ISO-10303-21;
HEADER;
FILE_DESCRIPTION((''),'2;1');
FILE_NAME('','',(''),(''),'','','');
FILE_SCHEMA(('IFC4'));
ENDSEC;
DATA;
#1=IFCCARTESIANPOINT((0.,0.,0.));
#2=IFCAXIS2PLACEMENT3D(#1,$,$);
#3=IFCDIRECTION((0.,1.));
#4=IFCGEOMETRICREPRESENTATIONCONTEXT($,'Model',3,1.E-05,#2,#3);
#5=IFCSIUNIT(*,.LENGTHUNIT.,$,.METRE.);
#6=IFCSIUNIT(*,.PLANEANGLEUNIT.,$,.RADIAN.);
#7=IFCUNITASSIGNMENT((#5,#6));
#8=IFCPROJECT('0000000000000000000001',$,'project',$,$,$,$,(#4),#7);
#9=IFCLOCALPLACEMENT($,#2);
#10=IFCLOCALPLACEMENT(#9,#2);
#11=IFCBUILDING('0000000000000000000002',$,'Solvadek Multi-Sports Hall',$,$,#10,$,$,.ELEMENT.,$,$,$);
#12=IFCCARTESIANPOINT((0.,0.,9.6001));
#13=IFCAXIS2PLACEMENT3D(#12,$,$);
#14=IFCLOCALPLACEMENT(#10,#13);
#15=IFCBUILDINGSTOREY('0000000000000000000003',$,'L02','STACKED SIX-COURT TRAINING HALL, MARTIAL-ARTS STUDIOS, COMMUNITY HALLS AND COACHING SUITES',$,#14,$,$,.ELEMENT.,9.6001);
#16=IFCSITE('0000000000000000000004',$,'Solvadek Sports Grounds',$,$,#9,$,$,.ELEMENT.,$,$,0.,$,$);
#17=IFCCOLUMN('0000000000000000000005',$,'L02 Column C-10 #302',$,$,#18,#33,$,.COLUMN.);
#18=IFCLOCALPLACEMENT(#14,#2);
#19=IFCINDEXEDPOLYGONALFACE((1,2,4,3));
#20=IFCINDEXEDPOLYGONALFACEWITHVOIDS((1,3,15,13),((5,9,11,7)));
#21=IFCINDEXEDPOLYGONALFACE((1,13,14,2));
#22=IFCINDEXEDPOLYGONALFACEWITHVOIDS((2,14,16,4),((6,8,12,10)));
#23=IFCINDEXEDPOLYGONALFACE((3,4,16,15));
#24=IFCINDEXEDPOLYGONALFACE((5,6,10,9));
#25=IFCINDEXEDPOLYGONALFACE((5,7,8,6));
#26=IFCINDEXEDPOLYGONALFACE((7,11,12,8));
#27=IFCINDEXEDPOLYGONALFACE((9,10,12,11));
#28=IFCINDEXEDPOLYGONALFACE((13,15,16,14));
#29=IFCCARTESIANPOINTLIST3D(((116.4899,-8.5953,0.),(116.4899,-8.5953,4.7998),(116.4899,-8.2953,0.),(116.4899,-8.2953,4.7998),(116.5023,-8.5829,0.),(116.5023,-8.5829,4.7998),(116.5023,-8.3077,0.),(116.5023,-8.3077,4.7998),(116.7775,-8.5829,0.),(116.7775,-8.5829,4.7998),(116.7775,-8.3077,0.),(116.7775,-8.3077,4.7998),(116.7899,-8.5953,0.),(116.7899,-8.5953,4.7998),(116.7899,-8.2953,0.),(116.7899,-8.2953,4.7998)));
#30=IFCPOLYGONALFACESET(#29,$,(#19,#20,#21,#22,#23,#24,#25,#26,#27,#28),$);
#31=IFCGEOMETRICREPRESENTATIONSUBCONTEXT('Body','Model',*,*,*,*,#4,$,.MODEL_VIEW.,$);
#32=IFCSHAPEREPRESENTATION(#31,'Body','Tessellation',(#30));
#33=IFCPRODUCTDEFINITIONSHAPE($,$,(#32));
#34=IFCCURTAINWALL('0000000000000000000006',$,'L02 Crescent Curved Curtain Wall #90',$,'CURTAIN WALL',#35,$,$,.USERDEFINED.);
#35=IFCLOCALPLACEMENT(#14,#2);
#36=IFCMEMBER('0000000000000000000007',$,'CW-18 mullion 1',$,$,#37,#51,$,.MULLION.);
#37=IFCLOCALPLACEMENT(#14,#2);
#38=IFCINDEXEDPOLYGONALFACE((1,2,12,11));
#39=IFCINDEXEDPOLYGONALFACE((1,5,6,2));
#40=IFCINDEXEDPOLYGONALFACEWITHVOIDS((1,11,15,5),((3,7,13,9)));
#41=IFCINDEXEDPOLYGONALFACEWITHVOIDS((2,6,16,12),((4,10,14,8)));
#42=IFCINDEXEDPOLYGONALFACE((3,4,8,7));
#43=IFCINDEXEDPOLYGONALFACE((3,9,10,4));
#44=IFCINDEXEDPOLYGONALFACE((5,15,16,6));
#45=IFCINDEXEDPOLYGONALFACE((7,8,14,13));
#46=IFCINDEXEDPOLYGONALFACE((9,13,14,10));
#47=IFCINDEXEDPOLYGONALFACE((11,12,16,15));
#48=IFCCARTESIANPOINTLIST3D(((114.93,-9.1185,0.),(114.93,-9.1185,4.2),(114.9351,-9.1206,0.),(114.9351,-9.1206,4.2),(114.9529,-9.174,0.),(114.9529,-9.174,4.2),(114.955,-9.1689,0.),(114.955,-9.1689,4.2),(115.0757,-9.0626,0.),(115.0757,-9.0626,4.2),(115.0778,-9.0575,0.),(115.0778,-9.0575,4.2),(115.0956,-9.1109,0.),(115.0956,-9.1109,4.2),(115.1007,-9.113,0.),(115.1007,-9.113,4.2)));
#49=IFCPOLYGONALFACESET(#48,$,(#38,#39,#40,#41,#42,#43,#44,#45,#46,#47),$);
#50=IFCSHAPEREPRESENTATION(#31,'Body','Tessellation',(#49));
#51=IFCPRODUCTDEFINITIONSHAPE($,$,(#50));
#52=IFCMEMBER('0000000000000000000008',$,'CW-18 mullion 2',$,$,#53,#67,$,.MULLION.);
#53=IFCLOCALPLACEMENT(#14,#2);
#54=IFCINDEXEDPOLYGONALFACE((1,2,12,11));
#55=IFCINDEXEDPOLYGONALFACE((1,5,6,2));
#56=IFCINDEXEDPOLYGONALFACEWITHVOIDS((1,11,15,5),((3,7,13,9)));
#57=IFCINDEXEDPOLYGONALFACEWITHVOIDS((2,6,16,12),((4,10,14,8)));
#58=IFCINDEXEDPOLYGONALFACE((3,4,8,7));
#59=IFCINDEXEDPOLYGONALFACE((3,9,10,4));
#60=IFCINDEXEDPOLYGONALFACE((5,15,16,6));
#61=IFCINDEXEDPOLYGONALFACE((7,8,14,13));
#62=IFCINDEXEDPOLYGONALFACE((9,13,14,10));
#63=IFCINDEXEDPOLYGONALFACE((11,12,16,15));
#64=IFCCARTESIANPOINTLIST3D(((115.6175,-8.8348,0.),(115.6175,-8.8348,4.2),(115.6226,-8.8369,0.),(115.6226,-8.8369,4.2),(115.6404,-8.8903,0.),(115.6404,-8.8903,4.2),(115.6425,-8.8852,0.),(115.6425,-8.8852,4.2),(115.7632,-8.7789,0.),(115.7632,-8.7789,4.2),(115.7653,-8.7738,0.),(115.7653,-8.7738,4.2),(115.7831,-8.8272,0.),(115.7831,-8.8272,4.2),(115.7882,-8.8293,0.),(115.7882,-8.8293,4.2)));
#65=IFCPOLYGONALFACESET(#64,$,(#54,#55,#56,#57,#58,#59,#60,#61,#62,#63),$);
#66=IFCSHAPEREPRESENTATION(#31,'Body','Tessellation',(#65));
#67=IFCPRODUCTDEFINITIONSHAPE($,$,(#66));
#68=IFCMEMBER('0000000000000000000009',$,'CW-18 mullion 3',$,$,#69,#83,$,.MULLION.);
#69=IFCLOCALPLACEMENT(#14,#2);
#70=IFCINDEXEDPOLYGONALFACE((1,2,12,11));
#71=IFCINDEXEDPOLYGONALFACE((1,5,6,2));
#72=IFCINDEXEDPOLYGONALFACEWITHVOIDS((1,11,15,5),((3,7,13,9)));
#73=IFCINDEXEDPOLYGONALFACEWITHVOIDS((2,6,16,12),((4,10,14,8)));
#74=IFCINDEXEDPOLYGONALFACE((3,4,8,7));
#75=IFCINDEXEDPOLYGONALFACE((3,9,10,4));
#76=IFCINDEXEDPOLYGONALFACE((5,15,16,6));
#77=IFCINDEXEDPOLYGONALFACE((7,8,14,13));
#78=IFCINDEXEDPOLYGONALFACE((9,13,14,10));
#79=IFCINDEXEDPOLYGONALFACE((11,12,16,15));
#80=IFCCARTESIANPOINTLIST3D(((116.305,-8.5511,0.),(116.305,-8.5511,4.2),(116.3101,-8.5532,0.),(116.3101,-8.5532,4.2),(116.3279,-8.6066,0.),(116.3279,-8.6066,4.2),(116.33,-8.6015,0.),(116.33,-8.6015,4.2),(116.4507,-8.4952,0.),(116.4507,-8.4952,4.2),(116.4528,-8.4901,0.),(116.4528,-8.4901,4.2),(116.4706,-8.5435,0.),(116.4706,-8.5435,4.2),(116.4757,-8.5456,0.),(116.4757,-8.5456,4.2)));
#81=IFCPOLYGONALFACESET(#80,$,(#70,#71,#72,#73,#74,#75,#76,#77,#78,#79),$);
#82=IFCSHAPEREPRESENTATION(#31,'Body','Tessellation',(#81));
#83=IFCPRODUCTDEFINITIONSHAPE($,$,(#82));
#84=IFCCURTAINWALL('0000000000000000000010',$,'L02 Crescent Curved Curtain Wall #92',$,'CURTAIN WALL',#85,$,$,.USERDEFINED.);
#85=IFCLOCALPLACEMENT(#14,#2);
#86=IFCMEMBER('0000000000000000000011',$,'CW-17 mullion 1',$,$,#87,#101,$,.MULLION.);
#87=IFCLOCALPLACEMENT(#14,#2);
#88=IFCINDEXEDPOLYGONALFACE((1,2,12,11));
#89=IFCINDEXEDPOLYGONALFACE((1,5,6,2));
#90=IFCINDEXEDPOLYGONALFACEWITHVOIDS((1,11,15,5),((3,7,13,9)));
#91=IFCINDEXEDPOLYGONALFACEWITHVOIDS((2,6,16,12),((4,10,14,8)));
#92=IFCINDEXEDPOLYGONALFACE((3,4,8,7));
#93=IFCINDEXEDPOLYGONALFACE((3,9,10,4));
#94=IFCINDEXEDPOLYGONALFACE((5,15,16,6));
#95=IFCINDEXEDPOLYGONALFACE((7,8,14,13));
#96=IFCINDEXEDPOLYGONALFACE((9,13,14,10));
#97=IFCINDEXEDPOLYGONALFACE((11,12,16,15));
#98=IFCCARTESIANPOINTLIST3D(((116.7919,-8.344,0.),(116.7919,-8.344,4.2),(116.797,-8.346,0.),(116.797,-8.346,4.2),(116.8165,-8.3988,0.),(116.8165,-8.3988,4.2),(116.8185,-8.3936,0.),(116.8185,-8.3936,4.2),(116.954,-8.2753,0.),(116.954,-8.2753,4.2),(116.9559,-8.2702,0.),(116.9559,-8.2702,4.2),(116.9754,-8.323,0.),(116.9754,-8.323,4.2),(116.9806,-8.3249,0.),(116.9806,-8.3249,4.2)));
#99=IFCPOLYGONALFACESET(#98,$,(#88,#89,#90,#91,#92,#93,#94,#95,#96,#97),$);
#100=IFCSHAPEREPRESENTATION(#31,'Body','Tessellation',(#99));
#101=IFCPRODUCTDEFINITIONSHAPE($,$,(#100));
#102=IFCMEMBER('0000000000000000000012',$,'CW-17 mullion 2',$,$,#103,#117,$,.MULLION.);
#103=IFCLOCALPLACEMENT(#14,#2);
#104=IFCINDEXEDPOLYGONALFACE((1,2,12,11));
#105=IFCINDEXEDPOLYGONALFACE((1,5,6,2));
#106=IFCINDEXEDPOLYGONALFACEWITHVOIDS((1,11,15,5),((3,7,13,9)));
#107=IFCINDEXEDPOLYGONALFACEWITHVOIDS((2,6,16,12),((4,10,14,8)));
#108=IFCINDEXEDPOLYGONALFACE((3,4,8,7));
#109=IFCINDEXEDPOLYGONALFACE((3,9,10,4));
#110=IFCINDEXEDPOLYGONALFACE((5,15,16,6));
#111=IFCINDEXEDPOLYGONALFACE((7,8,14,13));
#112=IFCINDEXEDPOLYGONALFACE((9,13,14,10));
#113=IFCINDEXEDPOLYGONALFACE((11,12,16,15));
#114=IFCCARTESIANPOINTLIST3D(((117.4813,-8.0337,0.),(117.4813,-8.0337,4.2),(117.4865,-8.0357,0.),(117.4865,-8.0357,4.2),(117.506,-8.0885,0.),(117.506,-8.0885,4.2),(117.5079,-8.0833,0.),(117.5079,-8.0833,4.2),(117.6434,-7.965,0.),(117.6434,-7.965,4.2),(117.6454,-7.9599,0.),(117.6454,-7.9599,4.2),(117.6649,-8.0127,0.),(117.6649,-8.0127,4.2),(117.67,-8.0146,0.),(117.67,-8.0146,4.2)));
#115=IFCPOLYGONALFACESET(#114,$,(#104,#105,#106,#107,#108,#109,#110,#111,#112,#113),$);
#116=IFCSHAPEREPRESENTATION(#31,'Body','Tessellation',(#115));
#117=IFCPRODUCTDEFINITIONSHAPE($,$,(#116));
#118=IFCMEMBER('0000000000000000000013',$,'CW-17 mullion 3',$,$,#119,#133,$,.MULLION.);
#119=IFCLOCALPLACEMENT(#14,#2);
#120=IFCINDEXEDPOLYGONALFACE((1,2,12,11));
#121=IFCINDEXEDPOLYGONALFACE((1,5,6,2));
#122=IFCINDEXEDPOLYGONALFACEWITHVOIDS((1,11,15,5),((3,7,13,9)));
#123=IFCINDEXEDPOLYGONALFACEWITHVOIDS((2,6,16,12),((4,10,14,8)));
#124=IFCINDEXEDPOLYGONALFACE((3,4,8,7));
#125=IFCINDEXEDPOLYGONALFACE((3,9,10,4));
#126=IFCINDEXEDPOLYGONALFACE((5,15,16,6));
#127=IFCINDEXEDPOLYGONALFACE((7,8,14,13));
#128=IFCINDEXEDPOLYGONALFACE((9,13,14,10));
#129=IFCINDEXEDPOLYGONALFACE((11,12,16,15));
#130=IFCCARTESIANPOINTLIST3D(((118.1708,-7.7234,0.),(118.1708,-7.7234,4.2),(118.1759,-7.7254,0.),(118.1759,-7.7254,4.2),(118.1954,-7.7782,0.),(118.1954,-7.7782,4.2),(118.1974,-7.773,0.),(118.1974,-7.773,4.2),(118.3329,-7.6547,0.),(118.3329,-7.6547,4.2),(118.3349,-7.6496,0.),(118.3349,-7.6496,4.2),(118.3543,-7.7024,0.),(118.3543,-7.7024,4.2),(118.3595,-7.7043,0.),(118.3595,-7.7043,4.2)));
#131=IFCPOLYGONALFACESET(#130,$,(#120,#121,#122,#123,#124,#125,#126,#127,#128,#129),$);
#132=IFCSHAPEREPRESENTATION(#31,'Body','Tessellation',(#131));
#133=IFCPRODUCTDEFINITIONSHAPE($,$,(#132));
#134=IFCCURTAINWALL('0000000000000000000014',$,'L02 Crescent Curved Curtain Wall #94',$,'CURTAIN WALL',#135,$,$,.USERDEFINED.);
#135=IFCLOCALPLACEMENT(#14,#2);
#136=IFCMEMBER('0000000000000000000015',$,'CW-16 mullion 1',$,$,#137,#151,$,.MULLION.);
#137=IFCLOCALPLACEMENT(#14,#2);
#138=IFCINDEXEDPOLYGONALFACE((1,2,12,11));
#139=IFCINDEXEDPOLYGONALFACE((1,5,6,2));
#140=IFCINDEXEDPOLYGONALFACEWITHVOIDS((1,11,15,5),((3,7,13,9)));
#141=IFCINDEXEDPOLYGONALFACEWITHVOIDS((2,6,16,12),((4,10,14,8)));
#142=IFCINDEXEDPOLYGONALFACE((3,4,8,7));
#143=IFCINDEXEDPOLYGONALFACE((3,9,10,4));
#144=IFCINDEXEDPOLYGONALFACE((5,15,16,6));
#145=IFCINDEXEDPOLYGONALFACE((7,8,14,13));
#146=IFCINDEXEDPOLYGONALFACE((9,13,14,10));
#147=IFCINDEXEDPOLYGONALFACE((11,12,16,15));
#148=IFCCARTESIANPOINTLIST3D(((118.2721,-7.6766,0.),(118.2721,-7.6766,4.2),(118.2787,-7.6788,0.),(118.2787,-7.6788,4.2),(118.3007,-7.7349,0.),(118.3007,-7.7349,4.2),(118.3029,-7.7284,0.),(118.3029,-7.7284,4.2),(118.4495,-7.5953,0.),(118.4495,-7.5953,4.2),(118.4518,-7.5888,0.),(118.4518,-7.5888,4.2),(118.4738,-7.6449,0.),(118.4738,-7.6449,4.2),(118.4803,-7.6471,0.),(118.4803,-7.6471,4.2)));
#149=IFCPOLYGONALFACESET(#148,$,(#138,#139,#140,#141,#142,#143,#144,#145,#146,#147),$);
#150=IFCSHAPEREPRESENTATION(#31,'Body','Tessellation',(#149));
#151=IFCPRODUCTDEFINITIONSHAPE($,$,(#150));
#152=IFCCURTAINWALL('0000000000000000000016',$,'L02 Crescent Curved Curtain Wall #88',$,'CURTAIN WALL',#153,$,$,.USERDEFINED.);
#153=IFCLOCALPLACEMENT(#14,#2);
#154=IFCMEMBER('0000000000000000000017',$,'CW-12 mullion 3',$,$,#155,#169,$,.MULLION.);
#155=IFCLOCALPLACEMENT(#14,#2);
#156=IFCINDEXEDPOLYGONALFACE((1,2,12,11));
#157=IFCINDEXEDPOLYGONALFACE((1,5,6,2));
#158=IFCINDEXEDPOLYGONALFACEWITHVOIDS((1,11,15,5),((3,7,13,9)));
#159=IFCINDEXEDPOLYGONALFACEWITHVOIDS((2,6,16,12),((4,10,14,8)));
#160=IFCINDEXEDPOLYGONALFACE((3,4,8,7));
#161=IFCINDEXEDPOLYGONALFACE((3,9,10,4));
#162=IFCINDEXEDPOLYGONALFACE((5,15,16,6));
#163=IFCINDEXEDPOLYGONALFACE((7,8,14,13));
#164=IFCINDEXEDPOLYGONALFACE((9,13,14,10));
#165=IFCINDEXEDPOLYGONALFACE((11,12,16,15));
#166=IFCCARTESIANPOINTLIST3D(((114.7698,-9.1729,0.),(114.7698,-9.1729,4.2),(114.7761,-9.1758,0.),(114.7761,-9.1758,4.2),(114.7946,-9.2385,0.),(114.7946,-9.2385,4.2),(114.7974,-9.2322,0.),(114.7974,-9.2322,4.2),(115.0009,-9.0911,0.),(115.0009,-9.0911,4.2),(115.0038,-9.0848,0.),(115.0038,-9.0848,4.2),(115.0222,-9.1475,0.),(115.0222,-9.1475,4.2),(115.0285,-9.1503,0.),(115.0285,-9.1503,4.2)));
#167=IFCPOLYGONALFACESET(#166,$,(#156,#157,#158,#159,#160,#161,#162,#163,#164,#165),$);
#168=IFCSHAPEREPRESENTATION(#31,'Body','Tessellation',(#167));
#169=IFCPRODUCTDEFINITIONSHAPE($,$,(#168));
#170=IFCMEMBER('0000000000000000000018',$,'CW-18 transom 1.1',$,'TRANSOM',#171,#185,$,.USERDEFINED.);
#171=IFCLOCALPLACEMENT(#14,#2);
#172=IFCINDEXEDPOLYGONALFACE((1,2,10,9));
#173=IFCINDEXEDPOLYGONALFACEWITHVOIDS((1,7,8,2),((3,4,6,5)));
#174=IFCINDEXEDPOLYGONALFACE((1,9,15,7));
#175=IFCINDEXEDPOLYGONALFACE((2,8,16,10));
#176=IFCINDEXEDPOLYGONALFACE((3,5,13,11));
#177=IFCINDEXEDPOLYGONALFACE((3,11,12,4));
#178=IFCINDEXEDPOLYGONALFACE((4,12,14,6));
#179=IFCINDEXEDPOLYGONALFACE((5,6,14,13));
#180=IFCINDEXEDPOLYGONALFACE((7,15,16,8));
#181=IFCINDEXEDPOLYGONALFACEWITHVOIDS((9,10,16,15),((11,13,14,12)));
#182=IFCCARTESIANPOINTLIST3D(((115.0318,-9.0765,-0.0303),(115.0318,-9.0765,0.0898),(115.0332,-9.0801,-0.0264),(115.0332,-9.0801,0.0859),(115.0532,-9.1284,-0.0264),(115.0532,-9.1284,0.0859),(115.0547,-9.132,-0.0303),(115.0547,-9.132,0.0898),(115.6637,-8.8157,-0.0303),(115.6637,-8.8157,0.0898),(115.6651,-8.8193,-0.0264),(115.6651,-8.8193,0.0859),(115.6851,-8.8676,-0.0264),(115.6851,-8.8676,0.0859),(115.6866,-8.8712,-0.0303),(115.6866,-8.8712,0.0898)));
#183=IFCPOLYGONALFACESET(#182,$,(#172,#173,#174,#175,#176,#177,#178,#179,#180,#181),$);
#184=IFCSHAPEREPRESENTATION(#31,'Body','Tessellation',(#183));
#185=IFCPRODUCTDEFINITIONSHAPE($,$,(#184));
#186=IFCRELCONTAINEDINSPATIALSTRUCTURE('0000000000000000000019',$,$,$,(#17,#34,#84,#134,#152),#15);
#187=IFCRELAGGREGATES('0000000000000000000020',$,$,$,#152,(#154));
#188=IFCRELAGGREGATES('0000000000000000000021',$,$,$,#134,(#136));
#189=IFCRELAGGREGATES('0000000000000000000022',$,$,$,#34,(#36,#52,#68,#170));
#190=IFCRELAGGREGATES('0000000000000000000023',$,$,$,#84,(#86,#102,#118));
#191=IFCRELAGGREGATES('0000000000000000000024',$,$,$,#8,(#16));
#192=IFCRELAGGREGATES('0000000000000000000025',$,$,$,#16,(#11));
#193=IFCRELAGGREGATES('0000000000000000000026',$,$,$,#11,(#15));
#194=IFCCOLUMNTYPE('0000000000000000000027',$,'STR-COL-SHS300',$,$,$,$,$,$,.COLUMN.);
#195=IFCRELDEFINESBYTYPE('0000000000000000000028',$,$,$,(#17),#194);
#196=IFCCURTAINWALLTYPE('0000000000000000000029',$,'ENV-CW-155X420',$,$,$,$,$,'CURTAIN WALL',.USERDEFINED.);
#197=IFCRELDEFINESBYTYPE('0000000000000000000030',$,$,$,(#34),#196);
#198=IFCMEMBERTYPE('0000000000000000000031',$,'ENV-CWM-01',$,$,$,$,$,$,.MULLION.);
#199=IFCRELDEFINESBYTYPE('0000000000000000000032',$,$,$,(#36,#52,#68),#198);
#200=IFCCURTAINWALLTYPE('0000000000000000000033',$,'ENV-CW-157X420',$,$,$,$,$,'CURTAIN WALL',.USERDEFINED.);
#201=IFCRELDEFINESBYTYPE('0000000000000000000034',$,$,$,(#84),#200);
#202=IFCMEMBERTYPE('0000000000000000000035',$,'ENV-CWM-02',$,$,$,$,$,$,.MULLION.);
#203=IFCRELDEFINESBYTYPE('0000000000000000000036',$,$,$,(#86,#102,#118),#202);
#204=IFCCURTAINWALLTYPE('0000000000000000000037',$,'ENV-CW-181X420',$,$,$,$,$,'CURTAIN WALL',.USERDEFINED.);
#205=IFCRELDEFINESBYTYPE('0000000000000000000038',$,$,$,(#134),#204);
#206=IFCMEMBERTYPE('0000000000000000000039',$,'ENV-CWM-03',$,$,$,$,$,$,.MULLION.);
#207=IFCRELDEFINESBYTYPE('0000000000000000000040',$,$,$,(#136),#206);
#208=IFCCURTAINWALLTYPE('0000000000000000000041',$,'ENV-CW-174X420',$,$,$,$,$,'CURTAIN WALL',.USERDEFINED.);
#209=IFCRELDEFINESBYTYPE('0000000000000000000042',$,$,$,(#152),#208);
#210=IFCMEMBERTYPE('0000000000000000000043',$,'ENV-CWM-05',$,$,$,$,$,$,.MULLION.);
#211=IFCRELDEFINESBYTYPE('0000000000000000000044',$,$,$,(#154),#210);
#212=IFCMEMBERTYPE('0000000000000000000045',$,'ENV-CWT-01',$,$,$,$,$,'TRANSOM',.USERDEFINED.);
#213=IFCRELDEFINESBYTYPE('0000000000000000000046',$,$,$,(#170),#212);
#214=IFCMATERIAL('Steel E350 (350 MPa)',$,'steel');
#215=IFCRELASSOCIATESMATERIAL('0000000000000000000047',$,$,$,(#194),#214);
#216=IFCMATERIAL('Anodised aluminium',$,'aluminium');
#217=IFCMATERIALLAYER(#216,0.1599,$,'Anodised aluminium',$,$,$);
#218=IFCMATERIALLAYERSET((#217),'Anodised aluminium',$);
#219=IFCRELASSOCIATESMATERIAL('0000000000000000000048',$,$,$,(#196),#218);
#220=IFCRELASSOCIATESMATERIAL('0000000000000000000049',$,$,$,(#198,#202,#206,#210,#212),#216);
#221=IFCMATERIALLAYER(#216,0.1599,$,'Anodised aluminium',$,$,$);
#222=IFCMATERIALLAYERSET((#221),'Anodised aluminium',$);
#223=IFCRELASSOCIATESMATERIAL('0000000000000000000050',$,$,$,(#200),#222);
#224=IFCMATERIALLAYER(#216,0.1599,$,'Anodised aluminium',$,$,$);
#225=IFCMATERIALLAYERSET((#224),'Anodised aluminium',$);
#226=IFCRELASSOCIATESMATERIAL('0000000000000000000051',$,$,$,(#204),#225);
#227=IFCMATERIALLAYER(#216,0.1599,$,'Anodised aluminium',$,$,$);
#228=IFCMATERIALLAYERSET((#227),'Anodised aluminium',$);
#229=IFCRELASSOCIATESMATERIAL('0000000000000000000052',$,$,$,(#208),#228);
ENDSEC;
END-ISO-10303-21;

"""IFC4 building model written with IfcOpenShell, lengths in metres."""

from ifc_helpers import new_model, si_unit, direction, frame, origin, origin_2d, place, context, subcontext, project, spatial, hollow_rectangle, extrude, material, layer, layer_set, material_profile, profile_set, type_object, element, aggregate, save


model = new_model("IFC4")

# Units and contexts
model_context = context("Model", 3, precision=1e-05, world=origin(), true_north=direction((0.0, 1.0)))
body_context = subcontext(model_context, "Body", "Model", "MODEL_VIEW")
ifc_project = project(units=[si_unit("LENGTHUNIT", "METRE"), si_unit("PLANEANGLEUNIT", "RADIAN")], contexts=[model_context])

# Site, building, storey
site_placement = place(None, origin())
site = spatial("IfcSite", under=ifc_project, at=site_placement, Name="Solvadek Sports Grounds", CompositionType="ELEMENT", RefElevation=0.0)
building_placement = place(site_placement, origin())
building = spatial("IfcBuilding", under=site, at=building_placement, Name="Solvadek Multi-Sports Hall", CompositionType="ELEMENT")
storey_placement = place(building_placement, frame((0.0, 0.0, 9.6001)))
storey = spatial("IfcBuildingStorey", under=building, at=storey_placement, Name="L02", Description="STACKED SIX-COURT TRAINING HALL, MARTIAL-ARTS STUDIOS, COMMUNITY HALLS AND COACHING SUITES", CompositionType="ELEMENT", Elevation=9.6001)

# Column
ifc_material_1 = material(Name="Steel E350 (350 MPa)", Category="steel")
ifc_material_profile_1 = material_profile(ifc_material_1, hollow_rectangle(XDim=0.3, YDim=0.3, WallThickness=0.0125, at=origin_2d()), Name="SHS 300x300x12.5")
ifc_profile_set_1 = profile_set([ifc_material_profile_1], Name="Steel E350 (350 MPa)")
column_type = type_object("IfcColumnType", Name="STR-COL-SHS300", PredefinedType="COLUMN", material=ifc_profile_set_1)
column_placement = place(storey_placement, frame((116.6399, -8.4453, 0.0), z_axis=(0.0, 0.0, 1.0), x_axis=(1.0, 0.0, 0.0)))
element("IfcColumn", 1, at=column_placement, inside=storey, type_object=column_type, Name="L02 Column C-10 #302", PredefinedType="COLUMN", context=body_context, shape_type="SweptSolid", body=[
    extrude(hollow_rectangle(XDim=0.3, YDim=0.3, WallThickness=0.0125, at=origin_2d()), origin(), (0.0, 0.0, 1.0), 4.7998),
])

# Curtain walls, members
ifc_material_2 = material(Name="Anodised aluminium", Category="aluminium")
ifc_layer_1 = layer(ifc_material_2, 0.1599, Name="Anodised aluminium")
ifc_layer_set_1 = layer_set([ifc_layer_1], Name="Anodised aluminium")
curtain_wall_type_1 = type_object("IfcCurtainWallType", Name="ENV-CW-155X420", ElementType="CURTAIN WALL", PredefinedType="USERDEFINED", material=ifc_layer_set_1)
curtain_wall_1_placement = place(storey_placement, origin())
curtain_wall_1 = element("IfcCurtainWall", 2, at=curtain_wall_1_placement, inside=storey, type_object=curtain_wall_type_1, Name="L02 Crescent Curved Curtain Wall #90", ObjectType="CURTAIN WALL", PredefinedType="USERDEFINED")
ifc_material_profile_2 = material_profile(ifc_material_2, hollow_rectangle(XDim=0.0601, YDim=0.1599, WallThickness=0.0039, at=origin_2d()), Name="ALU-M 160x60x4")
ifc_profile_set_2 = profile_set([ifc_material_profile_2], Name="Anodised aluminium")
member_type_1 = type_object("IfcMemberType", Name="ENV-CWM-01", PredefinedType="MULLION", material=ifc_profile_set_2)
member_1_placement = place(storey_placement, frame((115.0154, -9.1157, 0.0), z_axis=(0.0, 0.0, 1.0), x_axis=(-0.381475, 0.924379, 0.0)))
member_1 = element("IfcMember", 3, at=member_1_placement, type_object=member_type_1, Name="CW-18 mullion 1", PredefinedType="MULLION", context=body_context, shape_type="SweptSolid", body=[
    extrude(hollow_rectangle(XDim=0.0601, YDim=0.1599, WallThickness=0.0039, at=origin_2d()), origin(), (0.0, 0.0, 1.0), 4.2),
])
member_2_placement = place(storey_placement, frame((115.7029, -8.832, 0.0), z_axis=(0.0, 0.0, 1.0), x_axis=(-0.381475, 0.924379, 0.0)))
member_2 = element("IfcMember", 4, at=member_2_placement, type_object=member_type_1, Name="CW-18 mullion 2", PredefinedType="MULLION", context=body_context, shape_type="SweptSolid", body=[
    extrude(hollow_rectangle(XDim=0.0601, YDim=0.1599, WallThickness=0.0039, at=origin_2d()), origin(), (0.0, 0.0, 1.0), 4.2),
])
member_3_placement = place(storey_placement, frame((116.3904, -8.5483, 0.0), z_axis=(0.0, 0.0, 1.0), x_axis=(-0.381475, 0.924379, 0.0)))
member_3 = element("IfcMember", 5, at=member_3_placement, type_object=member_type_1, Name="CW-18 mullion 3", PredefinedType="MULLION", context=body_context, shape_type="SweptSolid", body=[
    extrude(hollow_rectangle(XDim=0.0601, YDim=0.1599, WallThickness=0.0039, at=origin_2d()), origin(), (0.0, 0.0, 1.0), 4.2),
])
ifc_layer_2 = layer(ifc_material_2, 0.1599, Name="Anodised aluminium")
ifc_layer_set_2 = layer_set([ifc_layer_2], Name="Anodised aluminium")
curtain_wall_type_2 = type_object("IfcCurtainWallType", Name="ENV-CW-157X420", ElementType="CURTAIN WALL", PredefinedType="USERDEFINED", material=ifc_layer_set_2)
curtain_wall_2_placement = place(storey_placement, origin())
curtain_wall_2 = element("IfcCurtainWall", 6, at=curtain_wall_2_placement, inside=storey, type_object=curtain_wall_type_2, Name="L02 Crescent Curved Curtain Wall #92", ObjectType="CURTAIN WALL", PredefinedType="USERDEFINED")
ifc_material_profile_3 = material_profile(ifc_material_2, hollow_rectangle(XDim=0.0601, YDim=0.1799, WallThickness=0.0039, at=origin_2d()), Name="ALU-M 180x60x4")
ifc_profile_set_3 = profile_set([ifc_material_profile_3], Name="Anodised aluminium")
member_type_2 = type_object("IfcMemberType", Name="ENV-CWM-02", PredefinedType="MULLION", material=ifc_profile_set_3)
member_4_placement = place(storey_placement, frame((116.8862, -8.3345, 0.0), z_axis=(0.0, 0.0, 1.0), x_axis=(-0.410383, 0.911913, 0.0)))
member_4 = element("IfcMember", 7, at=member_4_placement, type_object=member_type_2, Name="CW-17 mullion 1", PredefinedType="MULLION", context=body_context, shape_type="SweptSolid", body=[
    extrude(hollow_rectangle(XDim=0.0601, YDim=0.1799, WallThickness=0.0039, at=origin_2d()), origin(), (0.0, 0.0, 1.0), 4.2),
])
member_5_placement = place(storey_placement, frame((117.5757, -8.0242, 0.0), z_axis=(0.0, 0.0, 1.0), x_axis=(-0.410383, 0.911913, 0.0)))
member_5 = element("IfcMember", 8, at=member_5_placement, type_object=member_type_2, Name="CW-17 mullion 2", PredefinedType="MULLION", context=body_context, shape_type="SweptSolid", body=[
    extrude(hollow_rectangle(XDim=0.0601, YDim=0.1799, WallThickness=0.0039, at=origin_2d()), origin(), (0.0, 0.0, 1.0), 4.2),
])
member_6_placement = place(storey_placement, frame((118.2651, -7.7139, 0.0), z_axis=(0.0, 0.0, 1.0), x_axis=(-0.410383, 0.911913, 0.0)))
member_6 = element("IfcMember", 9, at=member_6_placement, type_object=member_type_2, Name="CW-17 mullion 3", PredefinedType="MULLION", context=body_context, shape_type="SweptSolid", body=[
    extrude(hollow_rectangle(XDim=0.0601, YDim=0.1799, WallThickness=0.0039, at=origin_2d()), origin(), (0.0, 0.0, 1.0), 4.2),
])

# Curtain walls, members
ifc_layer_3 = layer(ifc_material_2, 0.1599, Name="Anodised aluminium")
ifc_layer_set_3 = layer_set([ifc_layer_3], Name="Anodised aluminium")
curtain_wall_type_3 = type_object("IfcCurtainWallType", Name="ENV-CW-181X420", ElementType="CURTAIN WALL", PredefinedType="USERDEFINED", material=ifc_layer_set_3)
curtain_wall_3_placement = place(storey_placement, origin())
curtain_wall_3 = element("IfcCurtainWall", 10, at=curtain_wall_3_placement, inside=storey, type_object=curtain_wall_type_3, Name="L02 Crescent Curved Curtain Wall #94", ObjectType="CURTAIN WALL", PredefinedType="USERDEFINED")
ifc_material_profile_4 = material_profile(ifc_material_2, hollow_rectangle(XDim=0.0649, YDim=0.2, WallThickness=0.0049, at=origin_2d()), Name="ALU-M 200x65x5")
ifc_profile_set_4 = profile_set([ifc_material_profile_4], Name="Anodised aluminium")
member_type_3 = type_object("IfcMemberType", Name="ENV-CWM-03", PredefinedType="MULLION", material=ifc_profile_set_4)
member_7_placement = place(storey_placement, frame((118.3762, -7.6619, 0.0), z_axis=(0.0, 0.0, 1.0), x_axis=(-0.43924, 0.89837, 0.0)))
member_7 = element("IfcMember", 11, at=member_7_placement, type_object=member_type_3, Name="CW-16 mullion 1", PredefinedType="MULLION", context=body_context, shape_type="SweptSolid", body=[
    extrude(hollow_rectangle(XDim=0.0649, YDim=0.2, WallThickness=0.0049, at=origin_2d()), origin(), (0.0, 0.0, 1.0), 4.2),
])
ifc_layer_4 = layer(ifc_material_2, 0.1599, Name="Anodised aluminium")
ifc_layer_set_4 = layer_set([ifc_layer_4], Name="Anodised aluminium")
curtain_wall_type_4 = type_object("IfcCurtainWallType", Name="ENV-CW-174X420", ElementType="CURTAIN WALL", PredefinedType="USERDEFINED", material=ifc_layer_set_4)
curtain_wall_4_placement = place(storey_placement, origin())
curtain_wall_4 = element("IfcCurtainWall", 12, at=curtain_wall_4_placement, inside=storey, type_object=curtain_wall_type_4, Name="L02 Crescent Curved Curtain Wall #88", ObjectType="CURTAIN WALL", PredefinedType="USERDEFINED")
ifc_material_profile_5 = material_profile(ifc_material_2, hollow_rectangle(XDim=0.0701, YDim=0.25, WallThickness=0.0049, at=origin_2d()), Name="ALU-M 250x70x5")
ifc_profile_set_5 = profile_set([ifc_material_profile_5], Name="Anodised aluminium")
member_type_4 = type_object("IfcMemberType", Name="ENV-CWM-05", PredefinedType="MULLION", material=ifc_profile_set_5)
member_8_placement = place(storey_placement, frame((114.8992, -9.1616, 0.0), z_axis=(0.0, 0.0, 1.0), x_axis=(-0.352626, 0.935764, 0.0)))
member_8 = element("IfcMember", 13, at=member_8_placement, type_object=member_type_4, Name="CW-12 mullion 3", PredefinedType="MULLION", context=body_context, shape_type="SweptSolid", body=[
    extrude(hollow_rectangle(XDim=0.0701, YDim=0.25, WallThickness=0.0049, at=origin_2d()), origin(), (0.0, 0.0, 1.0), 4.2),
])
aggregate(curtain_wall_4, [member_8])

# Member
ifc_material_profile_6 = material_profile(ifc_material_2, hollow_rectangle(XDim=0.0601, YDim=0.1201, WallThickness=0.0039, at=origin_2d()), Name="ALU-T 120x60x4")
ifc_profile_set_6 = profile_set([ifc_material_profile_6], Name="Anodised aluminium")
member_type_5 = type_object("IfcMemberType", Name="ENV-CWT-01", ElementType="TRANSOM", PredefinedType="USERDEFINED", material=ifc_profile_set_6)
member_9_placement = place(storey_placement, frame((115.0432, -9.1042, 0.0298), z_axis=(0.924382, 0.381468, 0.0), x_axis=(-0.381468, 0.924382, 0.0)))
member_9 = element("IfcMember", 14, at=member_9_placement, type_object=member_type_5, Name="CW-18 transom 1.1", ObjectType="TRANSOM", PredefinedType="USERDEFINED", context=body_context, shape_type="SweptSolid", body=[
    extrude(hollow_rectangle(XDim=0.0601, YDim=0.1201, WallThickness=0.0039, at=origin_2d()), origin(), (0.0, 0.0, 1.0), 0.6836),
])
aggregate(curtain_wall_3, [member_7])

aggregate(curtain_wall_1, [member_1, member_2, member_3, member_9])
aggregate(curtain_wall_2, [member_4, member_5, member_6])

save(model, "model.ifc")
